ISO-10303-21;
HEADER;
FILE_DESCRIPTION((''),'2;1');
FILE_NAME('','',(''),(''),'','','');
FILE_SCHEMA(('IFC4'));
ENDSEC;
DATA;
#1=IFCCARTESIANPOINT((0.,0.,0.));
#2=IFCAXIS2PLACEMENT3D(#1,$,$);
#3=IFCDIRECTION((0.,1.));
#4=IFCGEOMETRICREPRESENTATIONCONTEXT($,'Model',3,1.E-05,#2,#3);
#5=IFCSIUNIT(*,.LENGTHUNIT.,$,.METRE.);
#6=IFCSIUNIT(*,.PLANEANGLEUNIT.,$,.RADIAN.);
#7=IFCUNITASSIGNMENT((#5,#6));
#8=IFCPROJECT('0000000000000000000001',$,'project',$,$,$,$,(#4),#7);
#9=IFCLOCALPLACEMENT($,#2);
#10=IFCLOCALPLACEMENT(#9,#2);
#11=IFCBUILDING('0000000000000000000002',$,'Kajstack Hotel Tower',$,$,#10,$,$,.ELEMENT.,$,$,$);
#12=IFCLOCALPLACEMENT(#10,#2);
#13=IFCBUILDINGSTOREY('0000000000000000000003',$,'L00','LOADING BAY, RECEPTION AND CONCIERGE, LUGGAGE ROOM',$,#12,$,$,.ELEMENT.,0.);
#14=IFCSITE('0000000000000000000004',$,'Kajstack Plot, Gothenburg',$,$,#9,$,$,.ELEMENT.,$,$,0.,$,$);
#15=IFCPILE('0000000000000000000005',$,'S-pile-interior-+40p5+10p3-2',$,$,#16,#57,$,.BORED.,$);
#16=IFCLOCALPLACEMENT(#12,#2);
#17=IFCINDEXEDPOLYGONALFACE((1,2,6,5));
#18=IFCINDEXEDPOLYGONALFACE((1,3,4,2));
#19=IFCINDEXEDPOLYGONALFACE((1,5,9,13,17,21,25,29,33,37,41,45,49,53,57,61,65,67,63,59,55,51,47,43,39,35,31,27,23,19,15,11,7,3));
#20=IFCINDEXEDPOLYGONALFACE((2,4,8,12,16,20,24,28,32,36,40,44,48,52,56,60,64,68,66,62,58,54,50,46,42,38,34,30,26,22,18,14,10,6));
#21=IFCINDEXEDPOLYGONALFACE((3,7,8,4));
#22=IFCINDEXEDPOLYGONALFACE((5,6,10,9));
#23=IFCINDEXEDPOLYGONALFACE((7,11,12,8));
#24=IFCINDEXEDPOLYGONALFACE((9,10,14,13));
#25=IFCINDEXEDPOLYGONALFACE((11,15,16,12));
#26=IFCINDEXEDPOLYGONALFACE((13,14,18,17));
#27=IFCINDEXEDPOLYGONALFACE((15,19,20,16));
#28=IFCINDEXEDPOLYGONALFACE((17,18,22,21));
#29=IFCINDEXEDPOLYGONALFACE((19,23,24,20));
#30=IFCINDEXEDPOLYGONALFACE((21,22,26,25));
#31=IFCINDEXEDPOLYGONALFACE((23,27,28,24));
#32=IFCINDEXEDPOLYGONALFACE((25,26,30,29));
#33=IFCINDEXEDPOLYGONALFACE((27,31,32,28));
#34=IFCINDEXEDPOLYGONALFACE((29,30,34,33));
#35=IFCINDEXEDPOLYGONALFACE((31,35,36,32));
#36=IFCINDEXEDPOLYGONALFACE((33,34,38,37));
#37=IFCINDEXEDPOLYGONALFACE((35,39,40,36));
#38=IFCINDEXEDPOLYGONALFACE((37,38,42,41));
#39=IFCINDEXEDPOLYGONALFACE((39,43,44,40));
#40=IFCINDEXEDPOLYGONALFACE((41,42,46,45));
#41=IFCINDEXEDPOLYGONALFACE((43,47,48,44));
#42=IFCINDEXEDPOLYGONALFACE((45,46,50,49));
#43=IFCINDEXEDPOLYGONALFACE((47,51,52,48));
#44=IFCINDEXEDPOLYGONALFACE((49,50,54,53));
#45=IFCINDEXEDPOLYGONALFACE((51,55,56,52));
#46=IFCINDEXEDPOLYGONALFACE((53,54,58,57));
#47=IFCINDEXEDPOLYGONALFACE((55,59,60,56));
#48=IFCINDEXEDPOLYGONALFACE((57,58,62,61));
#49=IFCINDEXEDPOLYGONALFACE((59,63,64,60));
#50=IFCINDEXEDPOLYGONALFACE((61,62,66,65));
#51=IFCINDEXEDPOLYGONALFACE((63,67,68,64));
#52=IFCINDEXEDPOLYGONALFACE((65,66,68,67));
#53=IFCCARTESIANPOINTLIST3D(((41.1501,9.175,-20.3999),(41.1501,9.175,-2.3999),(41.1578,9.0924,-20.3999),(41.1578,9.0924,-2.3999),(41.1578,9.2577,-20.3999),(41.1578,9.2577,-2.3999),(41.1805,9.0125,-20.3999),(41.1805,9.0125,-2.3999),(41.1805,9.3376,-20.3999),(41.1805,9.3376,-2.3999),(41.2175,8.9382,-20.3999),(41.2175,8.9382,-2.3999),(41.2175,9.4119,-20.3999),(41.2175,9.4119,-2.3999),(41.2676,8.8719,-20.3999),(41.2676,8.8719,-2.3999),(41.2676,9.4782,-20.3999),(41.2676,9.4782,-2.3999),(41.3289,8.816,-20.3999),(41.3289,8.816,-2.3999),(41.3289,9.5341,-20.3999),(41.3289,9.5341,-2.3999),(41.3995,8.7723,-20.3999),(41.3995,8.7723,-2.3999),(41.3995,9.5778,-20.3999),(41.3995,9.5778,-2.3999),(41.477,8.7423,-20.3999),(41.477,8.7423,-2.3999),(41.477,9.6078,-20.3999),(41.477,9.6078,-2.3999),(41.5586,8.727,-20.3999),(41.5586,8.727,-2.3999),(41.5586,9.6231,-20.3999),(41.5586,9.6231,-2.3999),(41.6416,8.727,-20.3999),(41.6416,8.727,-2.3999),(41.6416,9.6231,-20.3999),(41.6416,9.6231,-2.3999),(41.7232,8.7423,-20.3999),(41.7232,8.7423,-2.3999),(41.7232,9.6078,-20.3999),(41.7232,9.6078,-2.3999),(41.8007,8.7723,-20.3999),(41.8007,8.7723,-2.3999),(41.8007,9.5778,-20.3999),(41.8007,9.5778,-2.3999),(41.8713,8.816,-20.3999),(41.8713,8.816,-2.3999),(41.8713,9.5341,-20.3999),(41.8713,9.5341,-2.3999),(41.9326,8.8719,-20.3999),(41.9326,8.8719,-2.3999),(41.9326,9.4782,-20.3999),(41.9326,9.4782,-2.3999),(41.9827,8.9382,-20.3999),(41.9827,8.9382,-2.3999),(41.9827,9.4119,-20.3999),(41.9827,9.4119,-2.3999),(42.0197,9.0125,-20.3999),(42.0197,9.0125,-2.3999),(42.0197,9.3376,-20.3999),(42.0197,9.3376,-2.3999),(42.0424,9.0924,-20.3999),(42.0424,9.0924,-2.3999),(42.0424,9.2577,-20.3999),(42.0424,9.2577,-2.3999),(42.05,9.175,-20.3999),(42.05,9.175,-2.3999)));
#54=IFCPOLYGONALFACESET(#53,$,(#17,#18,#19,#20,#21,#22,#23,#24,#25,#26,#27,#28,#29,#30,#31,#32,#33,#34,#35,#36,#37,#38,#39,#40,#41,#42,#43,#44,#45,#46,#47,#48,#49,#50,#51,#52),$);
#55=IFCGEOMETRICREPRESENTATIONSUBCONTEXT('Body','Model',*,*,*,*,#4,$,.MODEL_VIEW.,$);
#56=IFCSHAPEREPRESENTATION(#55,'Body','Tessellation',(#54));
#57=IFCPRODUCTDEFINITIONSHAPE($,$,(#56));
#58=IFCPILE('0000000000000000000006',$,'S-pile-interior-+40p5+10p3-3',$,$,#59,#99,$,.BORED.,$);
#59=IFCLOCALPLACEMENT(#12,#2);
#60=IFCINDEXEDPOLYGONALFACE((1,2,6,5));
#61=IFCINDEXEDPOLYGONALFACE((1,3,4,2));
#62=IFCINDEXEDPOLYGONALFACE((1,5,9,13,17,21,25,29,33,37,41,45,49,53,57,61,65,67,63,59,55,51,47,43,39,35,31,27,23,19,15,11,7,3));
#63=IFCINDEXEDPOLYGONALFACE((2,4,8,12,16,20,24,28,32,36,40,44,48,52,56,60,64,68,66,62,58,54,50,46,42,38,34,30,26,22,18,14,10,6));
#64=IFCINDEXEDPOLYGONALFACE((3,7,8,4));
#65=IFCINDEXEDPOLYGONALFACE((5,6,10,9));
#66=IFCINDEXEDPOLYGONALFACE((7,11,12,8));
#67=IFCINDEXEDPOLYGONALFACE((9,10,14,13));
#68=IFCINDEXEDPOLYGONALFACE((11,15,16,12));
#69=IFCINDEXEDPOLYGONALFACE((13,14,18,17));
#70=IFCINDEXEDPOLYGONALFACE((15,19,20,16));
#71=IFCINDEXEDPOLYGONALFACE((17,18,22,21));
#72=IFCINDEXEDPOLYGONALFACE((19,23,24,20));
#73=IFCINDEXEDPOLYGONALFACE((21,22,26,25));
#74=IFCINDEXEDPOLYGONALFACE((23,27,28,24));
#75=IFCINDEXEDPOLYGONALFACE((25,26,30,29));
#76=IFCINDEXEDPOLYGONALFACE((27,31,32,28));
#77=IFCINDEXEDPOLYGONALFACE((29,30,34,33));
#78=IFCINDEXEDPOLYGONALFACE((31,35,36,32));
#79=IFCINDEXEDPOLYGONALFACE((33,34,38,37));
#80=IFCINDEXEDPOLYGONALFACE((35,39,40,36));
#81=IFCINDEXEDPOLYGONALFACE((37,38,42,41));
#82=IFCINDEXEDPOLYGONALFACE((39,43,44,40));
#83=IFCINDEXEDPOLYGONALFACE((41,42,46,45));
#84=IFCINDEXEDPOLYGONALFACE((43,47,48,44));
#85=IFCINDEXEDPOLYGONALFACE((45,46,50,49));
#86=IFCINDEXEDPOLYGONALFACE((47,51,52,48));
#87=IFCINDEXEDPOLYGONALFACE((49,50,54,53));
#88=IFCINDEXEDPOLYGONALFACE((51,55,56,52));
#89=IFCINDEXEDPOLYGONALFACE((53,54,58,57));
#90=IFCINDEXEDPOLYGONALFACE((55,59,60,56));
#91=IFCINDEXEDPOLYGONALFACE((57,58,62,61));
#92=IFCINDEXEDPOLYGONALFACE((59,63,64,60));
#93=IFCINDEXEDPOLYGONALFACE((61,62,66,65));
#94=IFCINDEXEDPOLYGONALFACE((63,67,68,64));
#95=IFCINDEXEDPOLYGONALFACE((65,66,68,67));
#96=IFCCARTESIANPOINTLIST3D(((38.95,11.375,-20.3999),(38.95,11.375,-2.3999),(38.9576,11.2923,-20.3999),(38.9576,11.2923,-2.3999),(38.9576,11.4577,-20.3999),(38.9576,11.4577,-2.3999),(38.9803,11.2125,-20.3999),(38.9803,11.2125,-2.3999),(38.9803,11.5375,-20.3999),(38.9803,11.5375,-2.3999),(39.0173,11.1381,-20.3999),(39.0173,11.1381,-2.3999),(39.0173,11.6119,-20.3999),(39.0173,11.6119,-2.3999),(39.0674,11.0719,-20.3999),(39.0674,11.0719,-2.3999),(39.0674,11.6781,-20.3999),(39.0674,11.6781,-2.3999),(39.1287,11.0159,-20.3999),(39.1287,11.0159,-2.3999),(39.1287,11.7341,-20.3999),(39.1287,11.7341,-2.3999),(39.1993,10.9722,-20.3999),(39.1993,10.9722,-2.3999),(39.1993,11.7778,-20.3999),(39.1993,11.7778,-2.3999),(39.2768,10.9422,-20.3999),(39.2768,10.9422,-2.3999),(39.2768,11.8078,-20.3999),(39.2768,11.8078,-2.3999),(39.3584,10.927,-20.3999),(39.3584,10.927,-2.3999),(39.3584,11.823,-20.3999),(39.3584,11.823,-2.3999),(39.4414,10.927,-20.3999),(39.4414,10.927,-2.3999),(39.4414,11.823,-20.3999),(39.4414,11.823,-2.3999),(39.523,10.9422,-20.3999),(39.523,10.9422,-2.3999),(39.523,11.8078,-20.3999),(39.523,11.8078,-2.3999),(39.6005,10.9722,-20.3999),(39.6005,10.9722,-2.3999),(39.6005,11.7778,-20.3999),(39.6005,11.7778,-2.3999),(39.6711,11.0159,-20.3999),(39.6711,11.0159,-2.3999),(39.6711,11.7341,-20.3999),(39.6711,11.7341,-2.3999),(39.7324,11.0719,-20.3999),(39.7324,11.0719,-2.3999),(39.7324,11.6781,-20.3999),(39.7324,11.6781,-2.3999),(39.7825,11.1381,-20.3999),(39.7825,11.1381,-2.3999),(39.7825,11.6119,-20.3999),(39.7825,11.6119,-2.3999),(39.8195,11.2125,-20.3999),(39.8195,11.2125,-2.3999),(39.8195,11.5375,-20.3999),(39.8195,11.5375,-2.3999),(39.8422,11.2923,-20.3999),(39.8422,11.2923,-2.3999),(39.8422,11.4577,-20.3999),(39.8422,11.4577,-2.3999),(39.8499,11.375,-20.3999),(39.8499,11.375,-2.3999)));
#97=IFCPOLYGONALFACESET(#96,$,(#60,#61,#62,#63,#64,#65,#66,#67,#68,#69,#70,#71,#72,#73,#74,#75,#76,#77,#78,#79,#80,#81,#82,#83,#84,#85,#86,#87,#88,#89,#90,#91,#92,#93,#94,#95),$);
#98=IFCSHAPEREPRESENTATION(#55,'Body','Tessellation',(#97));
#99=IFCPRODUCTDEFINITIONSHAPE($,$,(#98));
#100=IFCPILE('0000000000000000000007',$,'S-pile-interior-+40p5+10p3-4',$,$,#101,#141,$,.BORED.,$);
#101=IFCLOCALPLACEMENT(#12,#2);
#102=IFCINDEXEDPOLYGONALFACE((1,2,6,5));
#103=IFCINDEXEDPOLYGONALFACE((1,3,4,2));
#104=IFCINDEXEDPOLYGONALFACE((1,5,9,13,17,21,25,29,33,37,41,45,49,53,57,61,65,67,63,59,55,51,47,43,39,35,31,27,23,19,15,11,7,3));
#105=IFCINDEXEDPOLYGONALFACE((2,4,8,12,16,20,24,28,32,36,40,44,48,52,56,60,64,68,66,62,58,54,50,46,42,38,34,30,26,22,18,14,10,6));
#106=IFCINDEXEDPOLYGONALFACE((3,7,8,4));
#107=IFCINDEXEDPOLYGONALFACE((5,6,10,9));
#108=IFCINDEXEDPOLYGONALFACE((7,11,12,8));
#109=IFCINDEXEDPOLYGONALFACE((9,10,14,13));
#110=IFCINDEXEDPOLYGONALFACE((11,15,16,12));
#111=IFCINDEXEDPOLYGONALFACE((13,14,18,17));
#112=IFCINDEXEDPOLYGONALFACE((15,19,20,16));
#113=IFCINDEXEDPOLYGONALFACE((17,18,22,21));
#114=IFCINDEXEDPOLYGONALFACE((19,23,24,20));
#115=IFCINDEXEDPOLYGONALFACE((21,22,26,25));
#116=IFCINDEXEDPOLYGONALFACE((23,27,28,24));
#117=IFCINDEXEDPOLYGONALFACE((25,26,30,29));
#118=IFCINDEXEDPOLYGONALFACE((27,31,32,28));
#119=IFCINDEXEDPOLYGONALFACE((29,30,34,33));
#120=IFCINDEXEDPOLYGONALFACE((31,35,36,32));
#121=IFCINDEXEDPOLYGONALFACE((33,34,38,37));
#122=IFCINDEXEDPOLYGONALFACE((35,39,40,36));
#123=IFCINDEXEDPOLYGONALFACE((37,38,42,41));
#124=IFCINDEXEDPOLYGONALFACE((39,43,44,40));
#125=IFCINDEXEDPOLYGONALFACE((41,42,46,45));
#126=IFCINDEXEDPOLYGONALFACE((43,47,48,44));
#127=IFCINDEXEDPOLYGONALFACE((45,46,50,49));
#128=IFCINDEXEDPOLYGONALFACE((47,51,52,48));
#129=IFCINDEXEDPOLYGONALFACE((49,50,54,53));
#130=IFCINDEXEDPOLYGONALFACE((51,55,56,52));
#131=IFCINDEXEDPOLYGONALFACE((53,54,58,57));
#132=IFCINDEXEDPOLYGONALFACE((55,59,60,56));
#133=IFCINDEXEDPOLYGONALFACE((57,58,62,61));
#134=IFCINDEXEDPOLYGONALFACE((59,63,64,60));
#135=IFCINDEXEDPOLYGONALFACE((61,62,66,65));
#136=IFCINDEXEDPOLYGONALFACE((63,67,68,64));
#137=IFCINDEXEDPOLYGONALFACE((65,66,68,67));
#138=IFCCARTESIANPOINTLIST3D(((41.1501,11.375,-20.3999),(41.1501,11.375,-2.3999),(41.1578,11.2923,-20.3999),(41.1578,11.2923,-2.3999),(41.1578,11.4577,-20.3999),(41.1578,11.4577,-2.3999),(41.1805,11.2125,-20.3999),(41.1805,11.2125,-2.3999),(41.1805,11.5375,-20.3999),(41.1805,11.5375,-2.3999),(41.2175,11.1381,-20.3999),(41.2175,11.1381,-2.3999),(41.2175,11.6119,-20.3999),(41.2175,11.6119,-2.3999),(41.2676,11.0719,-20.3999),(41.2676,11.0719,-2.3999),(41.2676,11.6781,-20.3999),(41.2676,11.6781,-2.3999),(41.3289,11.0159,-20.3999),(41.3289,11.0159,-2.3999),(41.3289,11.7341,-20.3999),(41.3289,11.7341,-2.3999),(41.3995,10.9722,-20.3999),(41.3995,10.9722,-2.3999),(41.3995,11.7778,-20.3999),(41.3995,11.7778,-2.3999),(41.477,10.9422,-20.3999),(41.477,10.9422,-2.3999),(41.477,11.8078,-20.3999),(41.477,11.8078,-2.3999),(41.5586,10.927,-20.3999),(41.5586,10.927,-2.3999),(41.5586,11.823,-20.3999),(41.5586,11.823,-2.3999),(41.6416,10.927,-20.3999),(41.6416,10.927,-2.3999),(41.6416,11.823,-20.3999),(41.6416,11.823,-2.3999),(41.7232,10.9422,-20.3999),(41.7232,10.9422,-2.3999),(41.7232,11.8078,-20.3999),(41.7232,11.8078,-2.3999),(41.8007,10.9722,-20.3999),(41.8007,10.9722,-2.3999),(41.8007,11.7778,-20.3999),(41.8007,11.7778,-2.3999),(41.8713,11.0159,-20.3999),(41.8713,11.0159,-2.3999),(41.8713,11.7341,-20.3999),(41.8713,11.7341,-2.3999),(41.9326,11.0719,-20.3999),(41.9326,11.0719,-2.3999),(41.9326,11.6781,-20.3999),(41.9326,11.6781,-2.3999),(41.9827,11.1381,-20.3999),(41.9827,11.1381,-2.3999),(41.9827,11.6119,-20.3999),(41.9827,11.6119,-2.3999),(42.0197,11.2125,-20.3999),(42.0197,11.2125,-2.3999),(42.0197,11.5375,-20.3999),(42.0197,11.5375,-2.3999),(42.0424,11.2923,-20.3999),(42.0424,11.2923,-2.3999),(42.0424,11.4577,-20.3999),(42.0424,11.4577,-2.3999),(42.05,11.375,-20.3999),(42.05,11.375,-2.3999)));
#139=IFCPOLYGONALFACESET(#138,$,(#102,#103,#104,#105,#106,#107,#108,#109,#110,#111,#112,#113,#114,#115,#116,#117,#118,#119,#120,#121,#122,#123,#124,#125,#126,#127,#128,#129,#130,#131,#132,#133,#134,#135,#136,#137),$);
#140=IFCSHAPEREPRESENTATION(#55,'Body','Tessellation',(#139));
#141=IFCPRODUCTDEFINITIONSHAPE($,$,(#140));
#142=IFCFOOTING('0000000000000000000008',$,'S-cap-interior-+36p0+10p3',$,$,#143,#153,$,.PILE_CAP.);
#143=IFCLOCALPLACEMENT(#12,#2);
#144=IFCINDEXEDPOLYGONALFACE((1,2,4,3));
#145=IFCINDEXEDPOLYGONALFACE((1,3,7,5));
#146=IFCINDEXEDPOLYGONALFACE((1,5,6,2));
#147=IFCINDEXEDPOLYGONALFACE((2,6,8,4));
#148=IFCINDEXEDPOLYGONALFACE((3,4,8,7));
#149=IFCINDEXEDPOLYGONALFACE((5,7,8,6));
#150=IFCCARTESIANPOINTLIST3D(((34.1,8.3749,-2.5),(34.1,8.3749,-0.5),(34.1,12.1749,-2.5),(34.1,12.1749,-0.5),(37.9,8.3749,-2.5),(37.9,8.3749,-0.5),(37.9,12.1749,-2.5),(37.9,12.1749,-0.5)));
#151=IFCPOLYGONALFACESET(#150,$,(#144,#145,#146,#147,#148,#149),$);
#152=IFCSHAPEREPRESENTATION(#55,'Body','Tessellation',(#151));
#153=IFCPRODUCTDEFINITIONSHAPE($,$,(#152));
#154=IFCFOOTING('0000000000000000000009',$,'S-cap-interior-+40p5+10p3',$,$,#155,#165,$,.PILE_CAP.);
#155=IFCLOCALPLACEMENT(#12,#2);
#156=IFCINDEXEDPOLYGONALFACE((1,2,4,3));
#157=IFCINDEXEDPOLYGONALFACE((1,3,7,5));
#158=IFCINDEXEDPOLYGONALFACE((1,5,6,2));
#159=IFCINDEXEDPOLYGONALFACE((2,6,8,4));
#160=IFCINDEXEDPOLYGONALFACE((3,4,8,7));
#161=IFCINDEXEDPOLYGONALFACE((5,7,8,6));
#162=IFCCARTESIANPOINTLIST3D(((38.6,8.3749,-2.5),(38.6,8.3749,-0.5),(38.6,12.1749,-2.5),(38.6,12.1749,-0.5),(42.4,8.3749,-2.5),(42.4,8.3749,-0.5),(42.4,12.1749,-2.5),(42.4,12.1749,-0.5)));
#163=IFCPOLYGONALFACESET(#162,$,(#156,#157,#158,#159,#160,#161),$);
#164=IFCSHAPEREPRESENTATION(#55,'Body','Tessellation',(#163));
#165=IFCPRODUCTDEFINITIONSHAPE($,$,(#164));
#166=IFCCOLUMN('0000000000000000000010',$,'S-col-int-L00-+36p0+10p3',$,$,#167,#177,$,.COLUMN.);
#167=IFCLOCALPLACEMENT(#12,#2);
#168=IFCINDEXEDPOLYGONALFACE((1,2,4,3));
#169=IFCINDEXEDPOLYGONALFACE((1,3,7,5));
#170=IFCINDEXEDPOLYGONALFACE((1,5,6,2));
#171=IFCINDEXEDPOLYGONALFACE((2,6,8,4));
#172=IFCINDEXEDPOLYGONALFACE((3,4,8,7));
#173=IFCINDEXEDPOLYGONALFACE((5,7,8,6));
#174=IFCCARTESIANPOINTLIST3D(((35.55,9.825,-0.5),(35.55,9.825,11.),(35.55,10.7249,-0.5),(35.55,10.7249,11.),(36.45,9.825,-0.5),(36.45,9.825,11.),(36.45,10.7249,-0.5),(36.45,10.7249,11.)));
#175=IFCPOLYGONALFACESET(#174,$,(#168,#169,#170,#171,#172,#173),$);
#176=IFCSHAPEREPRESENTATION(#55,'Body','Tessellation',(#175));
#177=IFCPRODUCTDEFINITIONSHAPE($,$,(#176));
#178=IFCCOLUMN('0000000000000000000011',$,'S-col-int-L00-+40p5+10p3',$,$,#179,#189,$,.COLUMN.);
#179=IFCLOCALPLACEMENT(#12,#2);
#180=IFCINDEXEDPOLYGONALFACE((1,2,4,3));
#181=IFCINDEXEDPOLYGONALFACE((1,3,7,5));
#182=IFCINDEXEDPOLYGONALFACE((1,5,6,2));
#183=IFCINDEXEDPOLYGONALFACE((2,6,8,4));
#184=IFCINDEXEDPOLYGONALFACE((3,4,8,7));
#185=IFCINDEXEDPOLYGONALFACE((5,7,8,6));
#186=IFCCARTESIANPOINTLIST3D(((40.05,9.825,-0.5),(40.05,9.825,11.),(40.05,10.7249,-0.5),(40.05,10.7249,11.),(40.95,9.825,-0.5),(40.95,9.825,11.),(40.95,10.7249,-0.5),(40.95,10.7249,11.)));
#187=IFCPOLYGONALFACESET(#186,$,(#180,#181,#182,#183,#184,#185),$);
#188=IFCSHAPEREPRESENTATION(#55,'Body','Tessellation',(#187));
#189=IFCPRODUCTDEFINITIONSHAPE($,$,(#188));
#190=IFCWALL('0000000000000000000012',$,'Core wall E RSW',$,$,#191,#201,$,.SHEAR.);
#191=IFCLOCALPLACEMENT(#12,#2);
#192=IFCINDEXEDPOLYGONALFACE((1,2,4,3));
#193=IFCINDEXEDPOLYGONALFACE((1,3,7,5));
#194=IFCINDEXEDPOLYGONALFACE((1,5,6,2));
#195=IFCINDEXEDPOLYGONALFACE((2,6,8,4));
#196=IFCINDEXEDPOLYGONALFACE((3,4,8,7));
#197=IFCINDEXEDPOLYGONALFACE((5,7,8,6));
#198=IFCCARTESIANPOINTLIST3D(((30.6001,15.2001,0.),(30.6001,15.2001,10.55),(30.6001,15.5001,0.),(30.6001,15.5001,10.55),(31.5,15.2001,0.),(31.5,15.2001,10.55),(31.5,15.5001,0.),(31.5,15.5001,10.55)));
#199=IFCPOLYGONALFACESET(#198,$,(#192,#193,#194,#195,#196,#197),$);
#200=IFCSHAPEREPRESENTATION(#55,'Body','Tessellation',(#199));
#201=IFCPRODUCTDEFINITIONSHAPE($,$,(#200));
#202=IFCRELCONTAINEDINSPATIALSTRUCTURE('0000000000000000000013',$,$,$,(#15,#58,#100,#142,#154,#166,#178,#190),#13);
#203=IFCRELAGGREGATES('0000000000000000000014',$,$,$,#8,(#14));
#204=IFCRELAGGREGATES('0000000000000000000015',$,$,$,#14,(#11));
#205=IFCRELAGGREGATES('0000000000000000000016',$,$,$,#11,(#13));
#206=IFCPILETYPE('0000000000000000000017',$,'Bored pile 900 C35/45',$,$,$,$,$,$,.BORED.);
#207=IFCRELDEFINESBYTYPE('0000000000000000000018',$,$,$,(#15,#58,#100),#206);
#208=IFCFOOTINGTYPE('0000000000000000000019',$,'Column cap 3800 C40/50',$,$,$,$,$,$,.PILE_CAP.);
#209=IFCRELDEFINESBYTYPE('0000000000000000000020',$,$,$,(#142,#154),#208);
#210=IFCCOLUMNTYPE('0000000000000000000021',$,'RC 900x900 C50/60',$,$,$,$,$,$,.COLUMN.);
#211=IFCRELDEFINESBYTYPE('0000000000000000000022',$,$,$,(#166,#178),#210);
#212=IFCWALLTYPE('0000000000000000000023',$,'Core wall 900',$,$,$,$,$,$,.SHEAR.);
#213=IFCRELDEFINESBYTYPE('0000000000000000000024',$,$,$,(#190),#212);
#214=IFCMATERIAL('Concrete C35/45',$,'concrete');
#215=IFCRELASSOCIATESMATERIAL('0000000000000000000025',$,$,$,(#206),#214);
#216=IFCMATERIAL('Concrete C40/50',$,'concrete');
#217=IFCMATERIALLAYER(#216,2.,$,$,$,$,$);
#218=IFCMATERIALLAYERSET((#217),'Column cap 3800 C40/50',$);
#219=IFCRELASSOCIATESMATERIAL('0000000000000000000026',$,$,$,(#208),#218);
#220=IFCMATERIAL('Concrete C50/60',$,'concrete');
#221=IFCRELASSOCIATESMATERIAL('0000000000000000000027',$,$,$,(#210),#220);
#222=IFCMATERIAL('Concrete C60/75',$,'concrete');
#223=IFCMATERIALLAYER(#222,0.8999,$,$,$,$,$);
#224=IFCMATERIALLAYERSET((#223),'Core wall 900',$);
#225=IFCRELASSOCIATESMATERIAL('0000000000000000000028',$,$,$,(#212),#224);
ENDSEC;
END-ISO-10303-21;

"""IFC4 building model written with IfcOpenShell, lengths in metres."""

from ifc_helpers import new_model, si_unit, direction, frame, frame_2d, origin, origin_2d, place, context, subcontext, project, spatial, rectangle, circle, extrude, material, layer, layer_set, material_profile, profile_set, type_object, element, save


model = new_model("IFC4")

# Units and contexts
model_context = context("Model", 3, precision=1e-05, world=origin(), true_north=direction((0.0, 1.0)))
body_context = subcontext(model_context, "Body", "Model", "MODEL_VIEW")
ifc_project = project(units=[si_unit("LENGTHUNIT", "METRE"), si_unit("PLANEANGLEUNIT", "RADIAN")], contexts=[model_context])

# Site, building, storey
site_placement = place(None, origin())
site = spatial("IfcSite", under=ifc_project, at=site_placement, Name="Kajstack Plot, Gothenburg", CompositionType="ELEMENT", RefElevation=0.0)
building_placement = place(site_placement, origin())
building = spatial("IfcBuilding", under=site, at=building_placement, Name="Kajstack Hotel Tower", CompositionType="ELEMENT")
storey_placement = place(building_placement, origin())
storey = spatial("IfcBuildingStorey", under=building, at=storey_placement, Name="L00", Description="LOADING BAY, RECEPTION AND CONCIERGE, LUGGAGE ROOM", CompositionType="ELEMENT", Elevation=0.0)

# Piles
ifc_material_1 = material(Name="Concrete C35/45", Category="concrete")
ifc_material_profile_1 = material_profile(ifc_material_1, circle(Radius=0.45, at=origin_2d()), Name="RC round 900")
ifc_profile_set_1 = profile_set([ifc_material_profile_1], Name="Concrete C35/45")
pile_type_1 = type_object("IfcPileType", Name="Bored pile 900 C35/45", PredefinedType="BORED", material=ifc_profile_set_1)
for number, where, z_axis, x_axis, name in (
    (1, (41.6001, 9.175, -2.3999), (0.0, 0.0, -1.0), (1.0, 0.0, 0.0), "S-pile-interior-+40p5+10p3-2"),
    (2, (39.3999, 11.375, -2.3999), (0.0, 0.0, -1.0), (1.0, 0.0, 0.0), "S-pile-interior-+40p5+10p3-3"),
    (3, (41.6001, 11.375, -2.3999), (0.0, 0.0, -1.0), (1.0, 0.0, 0.0), "S-pile-interior-+40p5+10p3-4"),
):
    element("IfcPile", number, at=place(storey_placement, frame(where, z_axis=z_axis, x_axis=x_axis)), inside=storey, type_object=pile_type_1, Name=name, PredefinedType="BORED", context=body_context, shape_type="SweptSolid", body=[
        extrude(circle(Radius=0.45, at=origin_2d()), origin(), (0.0, 0.0, 1.0), 18.0),
    ])

# Footings
ifc_material_2 = material(Name="Concrete C40/50", Category="concrete")
ifc_layer_1 = layer(ifc_material_2, 2.0)
ifc_layer_set_1 = layer_set([ifc_layer_1], Name="Column cap 3800 C40/50")
footing_type = type_object("IfcFootingType", Name="Column cap 3800 C40/50", PredefinedType="PILE_CAP", material=ifc_layer_set_1)
for number, where, z_axis, x_axis, name in (
    (4, (36.0, 10.2749, -2.5), (0.0, 0.0, 1.0), (1.0, 0.0, 0.0), "S-cap-interior-+36p0+10p3"),
    (5, (40.5, 10.2749, -2.5), (0.0, 0.0, 1.0), (1.0, 0.0, 0.0), "S-cap-interior-+40p5+10p3"),
):
    element("IfcFooting", number, at=place(storey_placement, frame(where, z_axis=z_axis, x_axis=x_axis)), inside=storey, type_object=footing_type, Name=name, PredefinedType="PILE_CAP", context=body_context, shape_type="SweptSolid", body=[
        extrude(rectangle(XDim=3.8, YDim=3.8, at=origin_2d()), origin(), (0.0, 0.0, 1.0), 2.0),
    ])

# Columns
ifc_material_3 = material(Name="Concrete C50/60", Category="concrete")
ifc_material_profile_2 = material_profile(ifc_material_3, rectangle(XDim=0.8999, YDim=0.8999, at=origin_2d()), Name="RC 900x900")
ifc_profile_set_2 = profile_set([ifc_material_profile_2], Name="Concrete C50/60")
column_type = type_object("IfcColumnType", Name="RC 900x900 C50/60", PredefinedType="COLUMN", material=ifc_profile_set_2)
for number, where, z_axis, x_axis, name in (
    (6, (36.0, 10.2749, -0.5), (0.0, 0.0, 1.0), (1.0, 0.0, 0.0), "S-col-int-L00-+36p0+10p3"),
    (7, (40.5, 10.2749, -0.5), (0.0, 0.0, 1.0), (1.0, 0.0, 0.0), "S-col-int-L00-+40p5+10p3"),
):
    element("IfcColumn", number, at=place(storey_placement, frame(where, z_axis=z_axis, x_axis=x_axis)), inside=storey, type_object=column_type, Name=name, PredefinedType="COLUMN", context=body_context, shape_type="SweptSolid", body=[
        extrude(rectangle(XDim=0.8999, YDim=0.8999, at=origin_2d()), origin(), (0.0, 0.0, 1.0), 11.5),
    ])

# Wall
ifc_material_4 = material(Name="Concrete C60/75", Category="concrete")
ifc_layer_2 = layer(ifc_material_4, 0.8999)
ifc_layer_set_2 = layer_set([ifc_layer_2], Name="Core wall 900")
wall_type_1 = type_object("IfcWallType", Name="Core wall 900", PredefinedType="SHEAR", material=ifc_layer_set_2)
wall_1_placement = place(storey_placement, frame((30.6001, 15.3501, 0.0), z_axis=(0.0, 0.0, 1.0), x_axis=(1.0, 0.0, 0.0)))
element("IfcWall", 8, at=wall_1_placement, inside=storey, type_object=wall_type_1, Name="Core wall E RSW", PredefinedType="SHEAR", context=body_context, shape_type="SweptSolid", body=[
    extrude(rectangle(XDim=0.8999, YDim=0.3, at=frame_2d((0.45, 0.0))), origin(), (0.0, 0.0, 1.0), 10.55),
])

save(model, "model.ifc")
